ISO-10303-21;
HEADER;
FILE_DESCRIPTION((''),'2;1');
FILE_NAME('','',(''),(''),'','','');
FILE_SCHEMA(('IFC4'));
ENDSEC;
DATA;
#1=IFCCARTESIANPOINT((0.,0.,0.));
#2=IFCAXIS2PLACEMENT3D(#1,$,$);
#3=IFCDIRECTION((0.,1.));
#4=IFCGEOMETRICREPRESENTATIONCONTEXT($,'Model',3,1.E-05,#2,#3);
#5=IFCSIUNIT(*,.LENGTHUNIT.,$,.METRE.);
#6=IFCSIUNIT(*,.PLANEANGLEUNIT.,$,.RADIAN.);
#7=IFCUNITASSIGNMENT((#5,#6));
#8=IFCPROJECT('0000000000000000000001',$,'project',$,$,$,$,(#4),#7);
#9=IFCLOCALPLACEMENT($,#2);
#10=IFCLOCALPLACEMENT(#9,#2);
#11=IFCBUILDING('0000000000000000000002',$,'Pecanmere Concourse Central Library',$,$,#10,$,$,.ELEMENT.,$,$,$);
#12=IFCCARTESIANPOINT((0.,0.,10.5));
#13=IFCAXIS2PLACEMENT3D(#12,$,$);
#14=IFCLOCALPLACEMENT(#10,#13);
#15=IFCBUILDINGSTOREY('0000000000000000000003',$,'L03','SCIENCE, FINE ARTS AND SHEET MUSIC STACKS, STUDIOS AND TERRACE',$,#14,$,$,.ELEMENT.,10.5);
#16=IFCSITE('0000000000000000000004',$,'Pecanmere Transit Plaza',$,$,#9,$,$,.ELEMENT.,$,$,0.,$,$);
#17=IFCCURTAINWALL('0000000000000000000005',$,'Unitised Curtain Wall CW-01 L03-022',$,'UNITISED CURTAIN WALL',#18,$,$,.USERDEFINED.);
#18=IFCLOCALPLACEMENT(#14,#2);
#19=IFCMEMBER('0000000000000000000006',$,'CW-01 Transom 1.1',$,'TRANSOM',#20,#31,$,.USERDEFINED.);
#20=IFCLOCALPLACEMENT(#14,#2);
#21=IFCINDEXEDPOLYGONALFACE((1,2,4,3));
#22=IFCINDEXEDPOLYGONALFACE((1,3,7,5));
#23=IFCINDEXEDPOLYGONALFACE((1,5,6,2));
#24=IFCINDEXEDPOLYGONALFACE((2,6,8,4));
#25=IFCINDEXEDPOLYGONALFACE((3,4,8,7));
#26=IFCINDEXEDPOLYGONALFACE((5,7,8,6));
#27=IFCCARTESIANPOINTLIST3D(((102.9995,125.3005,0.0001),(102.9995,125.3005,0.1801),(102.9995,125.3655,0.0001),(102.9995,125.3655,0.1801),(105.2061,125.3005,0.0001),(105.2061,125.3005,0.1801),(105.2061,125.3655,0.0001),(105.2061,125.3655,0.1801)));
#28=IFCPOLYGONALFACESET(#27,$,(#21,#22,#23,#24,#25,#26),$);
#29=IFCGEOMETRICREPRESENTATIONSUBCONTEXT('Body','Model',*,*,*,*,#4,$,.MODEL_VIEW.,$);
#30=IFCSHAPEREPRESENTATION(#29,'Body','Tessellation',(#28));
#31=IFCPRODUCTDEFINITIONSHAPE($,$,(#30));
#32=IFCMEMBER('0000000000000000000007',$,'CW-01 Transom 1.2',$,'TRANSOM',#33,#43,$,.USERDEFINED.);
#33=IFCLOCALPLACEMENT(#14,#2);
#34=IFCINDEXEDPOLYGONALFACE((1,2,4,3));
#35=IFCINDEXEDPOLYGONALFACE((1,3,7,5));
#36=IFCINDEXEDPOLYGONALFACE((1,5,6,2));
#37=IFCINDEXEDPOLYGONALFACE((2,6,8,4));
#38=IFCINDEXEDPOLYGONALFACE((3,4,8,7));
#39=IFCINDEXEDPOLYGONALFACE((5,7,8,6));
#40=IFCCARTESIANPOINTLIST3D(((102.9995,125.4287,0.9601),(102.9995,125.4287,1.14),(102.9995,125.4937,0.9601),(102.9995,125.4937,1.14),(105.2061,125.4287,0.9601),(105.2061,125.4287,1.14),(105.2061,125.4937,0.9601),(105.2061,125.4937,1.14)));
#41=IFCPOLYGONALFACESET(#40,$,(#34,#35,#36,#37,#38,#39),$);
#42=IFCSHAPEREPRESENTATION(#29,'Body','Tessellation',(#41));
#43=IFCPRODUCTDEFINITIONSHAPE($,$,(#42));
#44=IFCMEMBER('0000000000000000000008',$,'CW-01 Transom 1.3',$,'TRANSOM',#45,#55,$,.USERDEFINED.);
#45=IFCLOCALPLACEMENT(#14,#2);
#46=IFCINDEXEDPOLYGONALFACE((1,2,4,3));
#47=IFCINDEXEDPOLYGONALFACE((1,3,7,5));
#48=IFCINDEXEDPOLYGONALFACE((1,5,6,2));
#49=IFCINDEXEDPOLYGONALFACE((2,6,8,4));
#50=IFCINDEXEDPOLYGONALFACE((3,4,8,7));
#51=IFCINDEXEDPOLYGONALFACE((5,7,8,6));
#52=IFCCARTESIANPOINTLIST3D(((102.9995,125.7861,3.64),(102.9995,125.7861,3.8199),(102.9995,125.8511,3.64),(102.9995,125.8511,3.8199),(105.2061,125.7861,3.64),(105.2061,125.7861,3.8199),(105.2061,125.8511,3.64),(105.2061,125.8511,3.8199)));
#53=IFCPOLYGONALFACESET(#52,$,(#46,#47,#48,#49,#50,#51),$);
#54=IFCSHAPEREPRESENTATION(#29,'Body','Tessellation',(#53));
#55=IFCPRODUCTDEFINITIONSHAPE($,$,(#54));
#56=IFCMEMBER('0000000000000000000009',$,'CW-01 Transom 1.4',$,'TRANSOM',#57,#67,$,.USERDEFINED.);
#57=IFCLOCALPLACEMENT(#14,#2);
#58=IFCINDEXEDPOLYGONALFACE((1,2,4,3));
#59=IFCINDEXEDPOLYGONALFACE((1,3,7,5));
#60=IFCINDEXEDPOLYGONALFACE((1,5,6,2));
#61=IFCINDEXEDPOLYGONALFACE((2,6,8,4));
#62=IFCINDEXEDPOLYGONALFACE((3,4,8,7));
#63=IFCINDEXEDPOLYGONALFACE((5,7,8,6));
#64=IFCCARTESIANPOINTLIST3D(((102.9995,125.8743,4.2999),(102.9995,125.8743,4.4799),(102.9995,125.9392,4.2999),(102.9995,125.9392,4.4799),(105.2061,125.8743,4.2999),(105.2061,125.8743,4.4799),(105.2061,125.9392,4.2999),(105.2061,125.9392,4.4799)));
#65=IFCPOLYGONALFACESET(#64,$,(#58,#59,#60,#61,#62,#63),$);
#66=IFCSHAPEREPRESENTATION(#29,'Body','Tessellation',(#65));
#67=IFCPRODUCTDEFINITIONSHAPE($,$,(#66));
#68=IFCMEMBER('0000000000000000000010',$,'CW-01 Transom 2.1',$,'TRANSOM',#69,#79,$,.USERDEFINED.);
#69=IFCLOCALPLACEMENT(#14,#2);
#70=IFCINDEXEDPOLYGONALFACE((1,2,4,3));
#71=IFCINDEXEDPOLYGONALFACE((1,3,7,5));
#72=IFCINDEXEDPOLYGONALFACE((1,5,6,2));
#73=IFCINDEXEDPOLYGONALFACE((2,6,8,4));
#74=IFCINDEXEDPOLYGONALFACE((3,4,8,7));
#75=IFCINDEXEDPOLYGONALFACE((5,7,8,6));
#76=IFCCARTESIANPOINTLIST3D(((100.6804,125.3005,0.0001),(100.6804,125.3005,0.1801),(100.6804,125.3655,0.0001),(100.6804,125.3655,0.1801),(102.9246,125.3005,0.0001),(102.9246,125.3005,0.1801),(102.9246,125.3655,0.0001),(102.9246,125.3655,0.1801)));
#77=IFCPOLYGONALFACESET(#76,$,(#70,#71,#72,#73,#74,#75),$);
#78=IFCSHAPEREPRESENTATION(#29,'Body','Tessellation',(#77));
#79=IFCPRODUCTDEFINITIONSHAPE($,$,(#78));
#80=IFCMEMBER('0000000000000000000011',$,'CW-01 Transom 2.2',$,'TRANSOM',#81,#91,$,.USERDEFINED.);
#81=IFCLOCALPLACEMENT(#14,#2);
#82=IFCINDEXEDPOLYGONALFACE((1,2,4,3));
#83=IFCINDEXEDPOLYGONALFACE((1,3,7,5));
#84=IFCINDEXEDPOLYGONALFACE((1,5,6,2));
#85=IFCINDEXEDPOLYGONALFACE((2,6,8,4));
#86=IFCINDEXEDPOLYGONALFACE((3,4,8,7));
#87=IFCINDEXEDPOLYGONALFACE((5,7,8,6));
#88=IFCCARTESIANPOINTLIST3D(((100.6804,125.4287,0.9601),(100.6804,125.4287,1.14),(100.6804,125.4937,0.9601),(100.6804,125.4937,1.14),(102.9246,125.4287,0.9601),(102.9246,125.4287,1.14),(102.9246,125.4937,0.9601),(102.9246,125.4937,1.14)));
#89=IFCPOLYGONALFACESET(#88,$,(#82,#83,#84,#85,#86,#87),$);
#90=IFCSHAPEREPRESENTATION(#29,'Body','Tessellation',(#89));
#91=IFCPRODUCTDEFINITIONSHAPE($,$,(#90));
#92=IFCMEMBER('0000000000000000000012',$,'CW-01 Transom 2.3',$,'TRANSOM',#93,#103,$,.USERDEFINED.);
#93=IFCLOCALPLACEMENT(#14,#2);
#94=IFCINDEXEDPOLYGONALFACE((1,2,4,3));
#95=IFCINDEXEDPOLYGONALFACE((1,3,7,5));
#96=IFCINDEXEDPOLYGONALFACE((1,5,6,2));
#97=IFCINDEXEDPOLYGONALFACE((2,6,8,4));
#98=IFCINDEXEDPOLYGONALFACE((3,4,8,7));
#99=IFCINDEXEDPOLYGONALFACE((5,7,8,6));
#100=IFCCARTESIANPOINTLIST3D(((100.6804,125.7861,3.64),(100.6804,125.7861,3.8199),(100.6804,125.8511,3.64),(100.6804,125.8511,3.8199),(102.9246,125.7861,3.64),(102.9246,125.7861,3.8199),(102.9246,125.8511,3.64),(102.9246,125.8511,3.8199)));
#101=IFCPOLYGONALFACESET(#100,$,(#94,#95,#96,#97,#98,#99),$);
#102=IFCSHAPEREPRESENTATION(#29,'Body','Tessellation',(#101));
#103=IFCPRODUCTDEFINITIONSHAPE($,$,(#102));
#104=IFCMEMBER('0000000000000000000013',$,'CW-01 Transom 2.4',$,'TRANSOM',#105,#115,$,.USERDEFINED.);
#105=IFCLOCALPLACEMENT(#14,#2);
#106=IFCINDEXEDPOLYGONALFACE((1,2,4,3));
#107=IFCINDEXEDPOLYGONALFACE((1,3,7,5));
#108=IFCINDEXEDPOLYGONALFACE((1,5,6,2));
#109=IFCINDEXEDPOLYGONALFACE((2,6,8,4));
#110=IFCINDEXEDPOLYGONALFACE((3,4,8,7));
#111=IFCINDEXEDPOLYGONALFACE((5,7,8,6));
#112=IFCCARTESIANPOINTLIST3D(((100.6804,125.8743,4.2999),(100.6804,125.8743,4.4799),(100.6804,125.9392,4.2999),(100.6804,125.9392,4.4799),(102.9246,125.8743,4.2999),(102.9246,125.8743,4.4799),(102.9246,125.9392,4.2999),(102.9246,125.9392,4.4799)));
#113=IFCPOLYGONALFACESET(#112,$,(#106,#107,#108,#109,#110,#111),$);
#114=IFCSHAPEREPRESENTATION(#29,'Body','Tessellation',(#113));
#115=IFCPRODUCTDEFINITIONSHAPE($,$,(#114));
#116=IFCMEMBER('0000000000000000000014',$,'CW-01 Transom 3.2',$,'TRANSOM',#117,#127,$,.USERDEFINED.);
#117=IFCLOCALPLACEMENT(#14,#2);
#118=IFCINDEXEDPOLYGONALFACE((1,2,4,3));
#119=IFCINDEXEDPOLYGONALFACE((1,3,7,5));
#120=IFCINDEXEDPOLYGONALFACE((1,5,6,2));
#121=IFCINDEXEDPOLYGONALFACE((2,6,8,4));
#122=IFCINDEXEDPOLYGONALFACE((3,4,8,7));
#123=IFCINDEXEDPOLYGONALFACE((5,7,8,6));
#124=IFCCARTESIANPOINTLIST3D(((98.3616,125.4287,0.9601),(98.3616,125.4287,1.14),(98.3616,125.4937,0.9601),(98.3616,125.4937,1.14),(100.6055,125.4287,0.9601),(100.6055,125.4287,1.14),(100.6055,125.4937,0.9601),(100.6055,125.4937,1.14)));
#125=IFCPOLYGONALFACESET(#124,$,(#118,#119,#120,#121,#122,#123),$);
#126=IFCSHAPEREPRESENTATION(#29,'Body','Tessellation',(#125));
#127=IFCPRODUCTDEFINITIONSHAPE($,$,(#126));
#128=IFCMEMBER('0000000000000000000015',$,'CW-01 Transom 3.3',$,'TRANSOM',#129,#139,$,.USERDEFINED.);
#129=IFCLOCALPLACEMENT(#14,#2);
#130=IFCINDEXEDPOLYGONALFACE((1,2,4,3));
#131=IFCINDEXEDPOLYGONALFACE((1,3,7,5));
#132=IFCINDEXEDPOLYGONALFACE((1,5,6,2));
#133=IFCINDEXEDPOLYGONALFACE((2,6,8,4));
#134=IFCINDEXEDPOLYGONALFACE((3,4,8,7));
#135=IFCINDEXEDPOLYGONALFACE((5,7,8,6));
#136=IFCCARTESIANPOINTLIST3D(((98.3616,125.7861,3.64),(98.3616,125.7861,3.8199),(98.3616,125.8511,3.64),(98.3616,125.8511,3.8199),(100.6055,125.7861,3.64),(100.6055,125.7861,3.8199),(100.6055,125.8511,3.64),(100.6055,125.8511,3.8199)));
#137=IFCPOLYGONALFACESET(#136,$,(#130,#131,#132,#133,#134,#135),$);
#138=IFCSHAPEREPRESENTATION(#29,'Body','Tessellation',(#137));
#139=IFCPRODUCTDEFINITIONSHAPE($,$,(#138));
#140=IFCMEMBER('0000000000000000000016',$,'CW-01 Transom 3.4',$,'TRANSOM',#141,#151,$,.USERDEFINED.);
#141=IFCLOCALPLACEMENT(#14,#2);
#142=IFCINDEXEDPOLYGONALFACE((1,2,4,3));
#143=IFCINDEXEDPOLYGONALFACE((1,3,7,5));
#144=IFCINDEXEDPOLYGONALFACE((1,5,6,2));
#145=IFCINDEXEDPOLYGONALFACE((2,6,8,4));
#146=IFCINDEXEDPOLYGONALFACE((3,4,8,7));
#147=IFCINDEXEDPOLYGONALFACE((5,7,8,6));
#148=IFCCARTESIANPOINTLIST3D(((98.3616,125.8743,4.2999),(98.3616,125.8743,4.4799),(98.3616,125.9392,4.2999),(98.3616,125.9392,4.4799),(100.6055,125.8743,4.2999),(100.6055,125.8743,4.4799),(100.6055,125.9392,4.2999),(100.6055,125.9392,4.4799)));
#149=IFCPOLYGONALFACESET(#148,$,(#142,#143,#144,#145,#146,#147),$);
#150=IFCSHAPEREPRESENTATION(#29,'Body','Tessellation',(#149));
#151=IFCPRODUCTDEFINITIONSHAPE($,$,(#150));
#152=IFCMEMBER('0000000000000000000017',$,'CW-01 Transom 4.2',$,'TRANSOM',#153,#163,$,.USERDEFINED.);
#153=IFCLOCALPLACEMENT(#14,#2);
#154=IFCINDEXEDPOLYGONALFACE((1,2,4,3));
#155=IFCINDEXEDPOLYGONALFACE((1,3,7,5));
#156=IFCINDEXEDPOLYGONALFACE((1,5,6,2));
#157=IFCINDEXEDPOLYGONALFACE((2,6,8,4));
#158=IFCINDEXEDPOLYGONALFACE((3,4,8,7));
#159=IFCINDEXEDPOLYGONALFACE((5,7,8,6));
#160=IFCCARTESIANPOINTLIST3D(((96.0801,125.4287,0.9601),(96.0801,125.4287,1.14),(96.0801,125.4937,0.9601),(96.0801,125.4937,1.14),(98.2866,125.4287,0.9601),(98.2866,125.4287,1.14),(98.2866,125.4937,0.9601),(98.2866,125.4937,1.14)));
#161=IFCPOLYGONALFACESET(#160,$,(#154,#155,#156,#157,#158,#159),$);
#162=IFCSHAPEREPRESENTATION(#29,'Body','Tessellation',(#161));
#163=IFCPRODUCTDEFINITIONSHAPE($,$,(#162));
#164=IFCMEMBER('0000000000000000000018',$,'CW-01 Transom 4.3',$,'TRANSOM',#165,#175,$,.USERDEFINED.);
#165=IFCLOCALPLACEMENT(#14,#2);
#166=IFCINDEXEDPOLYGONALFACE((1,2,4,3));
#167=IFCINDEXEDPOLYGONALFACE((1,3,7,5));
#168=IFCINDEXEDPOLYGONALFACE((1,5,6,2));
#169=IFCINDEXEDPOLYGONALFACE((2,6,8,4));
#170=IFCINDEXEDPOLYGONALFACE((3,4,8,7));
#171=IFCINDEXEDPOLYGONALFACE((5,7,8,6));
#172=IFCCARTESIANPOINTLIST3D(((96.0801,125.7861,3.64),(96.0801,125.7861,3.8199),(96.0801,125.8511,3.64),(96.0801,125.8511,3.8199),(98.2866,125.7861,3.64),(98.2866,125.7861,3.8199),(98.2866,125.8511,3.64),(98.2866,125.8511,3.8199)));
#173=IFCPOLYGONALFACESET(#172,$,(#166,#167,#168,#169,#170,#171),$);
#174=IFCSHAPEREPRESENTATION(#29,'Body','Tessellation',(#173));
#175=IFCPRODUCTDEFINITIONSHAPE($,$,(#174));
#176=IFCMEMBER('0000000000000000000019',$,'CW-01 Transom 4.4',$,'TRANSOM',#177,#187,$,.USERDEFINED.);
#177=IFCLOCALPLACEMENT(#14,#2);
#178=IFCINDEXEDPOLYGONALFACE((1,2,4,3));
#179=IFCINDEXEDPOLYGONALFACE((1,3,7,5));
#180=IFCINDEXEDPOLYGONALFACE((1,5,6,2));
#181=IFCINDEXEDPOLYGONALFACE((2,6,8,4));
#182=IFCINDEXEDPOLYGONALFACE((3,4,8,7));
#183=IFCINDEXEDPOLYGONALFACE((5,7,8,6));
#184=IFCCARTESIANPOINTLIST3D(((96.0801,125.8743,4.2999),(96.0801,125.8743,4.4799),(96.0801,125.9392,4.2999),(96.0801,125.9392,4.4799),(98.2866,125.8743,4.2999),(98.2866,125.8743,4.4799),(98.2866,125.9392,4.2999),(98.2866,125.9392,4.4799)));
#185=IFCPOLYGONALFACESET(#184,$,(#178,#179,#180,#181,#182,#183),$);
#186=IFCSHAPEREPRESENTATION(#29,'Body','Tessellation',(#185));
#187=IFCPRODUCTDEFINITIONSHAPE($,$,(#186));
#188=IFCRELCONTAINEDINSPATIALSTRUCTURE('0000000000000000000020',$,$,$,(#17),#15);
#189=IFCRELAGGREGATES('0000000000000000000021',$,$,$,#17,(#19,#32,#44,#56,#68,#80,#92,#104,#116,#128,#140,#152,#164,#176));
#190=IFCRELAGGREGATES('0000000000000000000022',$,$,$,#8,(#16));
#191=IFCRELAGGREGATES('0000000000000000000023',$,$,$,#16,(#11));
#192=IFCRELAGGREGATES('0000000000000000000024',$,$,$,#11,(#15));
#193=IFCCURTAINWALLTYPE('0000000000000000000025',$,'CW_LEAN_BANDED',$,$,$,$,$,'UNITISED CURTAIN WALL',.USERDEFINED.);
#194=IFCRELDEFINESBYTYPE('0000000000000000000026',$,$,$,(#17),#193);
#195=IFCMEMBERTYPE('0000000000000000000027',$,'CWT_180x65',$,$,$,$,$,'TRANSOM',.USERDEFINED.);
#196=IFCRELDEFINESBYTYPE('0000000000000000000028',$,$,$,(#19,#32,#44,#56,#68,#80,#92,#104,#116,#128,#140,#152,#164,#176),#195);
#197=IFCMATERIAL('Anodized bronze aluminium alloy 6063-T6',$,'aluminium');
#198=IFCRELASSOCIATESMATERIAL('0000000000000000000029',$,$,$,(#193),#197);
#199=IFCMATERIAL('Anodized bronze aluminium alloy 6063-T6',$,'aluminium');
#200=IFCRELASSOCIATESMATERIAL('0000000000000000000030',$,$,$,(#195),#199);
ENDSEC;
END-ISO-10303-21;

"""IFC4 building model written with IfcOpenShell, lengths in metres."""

from ifc_helpers import new_model, si_unit, direction, frame, origin, origin_2d, place, context, subcontext, project, spatial, rectangle, extrude, material, material_profile, profile_set, type_object, element, aggregate, save


model = new_model("IFC4")

# Units and contexts
model_context = context("Model", 3, precision=1e-05, world=origin(), true_north=direction((0.0, 1.0)))
body_context = subcontext(model_context, "Body", "Model", "MODEL_VIEW")
ifc_project = project(units=[si_unit("LENGTHUNIT", "METRE"), si_unit("PLANEANGLEUNIT", "RADIAN")], contexts=[model_context])

# Site, building, storey
site_placement = place(None, origin())
site = spatial("IfcSite", under=ifc_project, at=site_placement, Name="Pecanmere Transit Plaza", CompositionType="ELEMENT", RefElevation=0.0)
building_placement = place(site_placement, origin())
building = spatial("IfcBuilding", under=site, at=building_placement, Name="Pecanmere Concourse Central Library", CompositionType="ELEMENT")
storey_placement = place(building_placement, frame((0.0, 0.0, 10.5)))
storey = spatial("IfcBuildingStorey", under=building, at=storey_placement, Name="L03", Description="SCIENCE, FINE ARTS AND SHEET MUSIC STACKS, STUDIOS AND TERRACE", CompositionType="ELEMENT", Elevation=10.5)

# Curtain wall, members
ifc_material_1 = material(Name="Anodized bronze aluminium alloy 6063-T6", Category="aluminium")
curtain_wall_type_1 = type_object("IfcCurtainWallType", Name="CW_LEAN_BANDED", ElementType="UNITISED CURTAIN WALL", PredefinedType="USERDEFINED", material=ifc_material_1)
curtain_wall_1_placement = place(storey_placement, origin())
curtain_wall_1 = element("IfcCurtainWall", 1, at=curtain_wall_1_placement, inside=storey, type_object=curtain_wall_type_1, Name="Unitised Curtain Wall CW-01 L03-022", ObjectType="UNITISED CURTAIN WALL", PredefinedType="USERDEFINED")
ifc_material_2 = material(Name="Anodized bronze aluminium alloy 6063-T6", Category="aluminium")
ifc_material_profile_1 = material_profile(ifc_material_2, rectangle(XDim=0.0649, YDim=0.1799, at=origin_2d()), Name="AL 65x180")
ifc_profile_set_1 = profile_set([ifc_material_profile_1], Name="Anodized bronze aluminium alloy 6063-T6")
member_type_1 = type_object("IfcMemberType", Name="CWT_180x65", ElementType="TRANSOM", PredefinedType="USERDEFINED", material=ifc_profile_set_1)
member_1_placement = place(storey_placement, frame((105.2061, 125.333, 0.0901), z_axis=(-1.0, 0.0, 0.0), x_axis=(0.0, -1.0, 0.0)))
member_1 = element("IfcMember", 2, at=member_1_placement, type_object=member_type_1, Name="CW-01 Transom 1.1", ObjectType="TRANSOM", PredefinedType="USERDEFINED", context=body_context, shape_type="SweptSolid", body=[
    extrude(rectangle(XDim=0.0649, YDim=0.1799, at=origin_2d()), origin(), (0.0, 0.0, 1.0), 2.2065),
])
member_2_placement = place(storey_placement, frame((105.2061, 125.4612, 1.05), z_axis=(-1.0, 0.0, 0.0), x_axis=(0.0, -1.0, 0.0)))
member_2 = element("IfcMember", 3, at=member_2_placement, type_object=member_type_1, Name="CW-01 Transom 1.2", ObjectType="TRANSOM", PredefinedType="USERDEFINED", context=body_context, shape_type="SweptSolid", body=[
    extrude(rectangle(XDim=0.0649, YDim=0.1799, at=origin_2d()), origin(), (0.0, 0.0, 1.0), 2.2065),
])
member_3_placement = place(storey_placement, frame((105.2061, 125.8186, 3.73), z_axis=(-1.0, 0.0, 0.0), x_axis=(0.0, -1.0, 0.0)))
member_3 = element("IfcMember", 4, at=member_3_placement, type_object=member_type_1, Name="CW-01 Transom 1.3", ObjectType="TRANSOM", PredefinedType="USERDEFINED", context=body_context, shape_type="SweptSolid", body=[
    extrude(rectangle(XDim=0.0649, YDim=0.1799, at=origin_2d()), origin(), (0.0, 0.0, 1.0), 2.2065),
])
member_4_placement = place(storey_placement, frame((105.2061, 125.9067, 4.3899), z_axis=(-1.0, 0.0, 0.0), x_axis=(0.0, -1.0, 0.0)))
member_4 = element("IfcMember", 5, at=member_4_placement, type_object=member_type_1, Name="CW-01 Transom 1.4", ObjectType="TRANSOM", PredefinedType="USERDEFINED", context=body_context, shape_type="SweptSolid", body=[
    extrude(rectangle(XDim=0.0649, YDim=0.1799, at=origin_2d()), origin(), (0.0, 0.0, 1.0), 2.2065),
])
member_5_placement = place(storey_placement, frame((102.9246, 125.333, 0.0901), z_axis=(-1.0, 0.0, 0.0), x_axis=(0.0, -1.0, 0.0)))
member_5 = element("IfcMember", 6, at=member_5_placement, type_object=member_type_1, Name="CW-01 Transom 2.1", ObjectType="TRANSOM", PredefinedType="USERDEFINED", context=body_context, shape_type="SweptSolid", body=[
    extrude(rectangle(XDim=0.0649, YDim=0.1799, at=origin_2d()), origin(), (0.0, 0.0, 1.0), 2.2441),
])
member_6_placement = place(storey_placement, frame((102.9246, 125.4612, 1.05), z_axis=(-1.0, 0.0, 0.0), x_axis=(0.0, -1.0, 0.0)))
member_6 = element("IfcMember", 7, at=member_6_placement, type_object=member_type_1, Name="CW-01 Transom 2.2", ObjectType="TRANSOM", PredefinedType="USERDEFINED", context=body_context, shape_type="SweptSolid", body=[
    extrude(rectangle(XDim=0.0649, YDim=0.1799, at=origin_2d()), origin(), (0.0, 0.0, 1.0), 2.2441),
])
member_7_placement = place(storey_placement, frame((102.9246, 125.8186, 3.73), z_axis=(-1.0, 0.0, 0.0), x_axis=(0.0, -1.0, 0.0)))
member_7 = element("IfcMember", 8, at=member_7_placement, type_object=member_type_1, Name="CW-01 Transom 2.3", ObjectType="TRANSOM", PredefinedType="USERDEFINED", context=body_context, shape_type="SweptSolid", body=[
    extrude(rectangle(XDim=0.0649, YDim=0.1799, at=origin_2d()), origin(), (0.0, 0.0, 1.0), 2.2441),
])
member_8_placement = place(storey_placement, frame((102.9246, 125.9067, 4.3899), z_axis=(-1.0, 0.0, 0.0), x_axis=(0.0, -1.0, 0.0)))
member_8 = element("IfcMember", 9, at=member_8_placement, type_object=member_type_1, Name="CW-01 Transom 2.4", ObjectType="TRANSOM", PredefinedType="USERDEFINED", context=body_context, shape_type="SweptSolid", body=[
    extrude(rectangle(XDim=0.0649, YDim=0.1799, at=origin_2d()), origin(), (0.0, 0.0, 1.0), 2.2441),
])
member_9_placement = place(storey_placement, frame((100.6055, 125.4612, 1.05), z_axis=(-1.0, 0.0, 0.0), x_axis=(0.0, -1.0, 0.0)))
member_9 = element("IfcMember", 10, at=member_9_placement, type_object=member_type_1, Name="CW-01 Transom 3.2", ObjectType="TRANSOM", PredefinedType="USERDEFINED", context=body_context, shape_type="SweptSolid", body=[
    extrude(rectangle(XDim=0.0649, YDim=0.1799, at=origin_2d()), origin(), (0.0, 0.0, 1.0), 2.2439),
])
member_10_placement = place(storey_placement, frame((100.6055, 125.8186, 3.73), z_axis=(-1.0, 0.0, 0.0), x_axis=(0.0, -1.0, 0.0)))
member_10 = element("IfcMember", 11, at=member_10_placement, type_object=member_type_1, Name="CW-01 Transom 3.3", ObjectType="TRANSOM", PredefinedType="USERDEFINED", context=body_context, shape_type="SweptSolid", body=[
    extrude(rectangle(XDim=0.0649, YDim=0.1799, at=origin_2d()), origin(), (0.0, 0.0, 1.0), 2.2439),
])
member_11_placement = place(storey_placement, frame((100.6055, 125.9067, 4.3899), z_axis=(-1.0, 0.0, 0.0), x_axis=(0.0, -1.0, 0.0)))
member_11 = element("IfcMember", 12, at=member_11_placement, type_object=member_type_1, Name="CW-01 Transom 3.4", ObjectType="TRANSOM", PredefinedType="USERDEFINED", context=body_context, shape_type="SweptSolid", body=[
    extrude(rectangle(XDim=0.0649, YDim=0.1799, at=origin_2d()), origin(), (0.0, 0.0, 1.0), 2.2439),
])
member_12_placement = place(storey_placement, frame((98.2866, 125.4612, 1.05), z_axis=(-1.0, 0.0, 0.0), x_axis=(0.0, -1.0, 0.0)))
member_12 = element("IfcMember", 13, at=member_12_placement, type_object=member_type_1, Name="CW-01 Transom 4.2", ObjectType="TRANSOM", PredefinedType="USERDEFINED", context=body_context, shape_type="SweptSolid", body=[
    extrude(rectangle(XDim=0.0649, YDim=0.1799, at=origin_2d()), origin(), (0.0, 0.0, 1.0), 2.2065),
])
member_13_placement = place(storey_placement, frame((98.2866, 125.8186, 3.73), z_axis=(-1.0, 0.0, 0.0), x_axis=(0.0, -1.0, 0.0)))
member_13 = element("IfcMember", 14, at=member_13_placement, type_object=member_type_1, Name="CW-01 Transom 4.3", ObjectType="TRANSOM", PredefinedType="USERDEFINED", context=body_context, shape_type="SweptSolid", body=[
    extrude(rectangle(XDim=0.0649, YDim=0.1799, at=origin_2d()), origin(), (0.0, 0.0, 1.0), 2.2065),
])
member_14_placement = place(storey_placement, frame((98.2866, 125.9067, 4.3899), z_axis=(-1.0, 0.0, 0.0), x_axis=(0.0, -1.0, 0.0)))
member_14 = element("IfcMember", 15, at=member_14_placement, type_object=member_type_1, Name="CW-01 Transom 4.4", ObjectType="TRANSOM", PredefinedType="USERDEFINED", context=body_context, shape_type="SweptSolid", body=[
    extrude(rectangle(XDim=0.0649, YDim=0.1799, at=origin_2d()), origin(), (0.0, 0.0, 1.0), 2.2065),
])

aggregate(curtain_wall_1, [member_1, member_2, member_3, member_4, member_5, member_6, member_7, member_8, member_9, member_10, member_11, member_12, member_13, member_14])

save(model, "model.ifc")
